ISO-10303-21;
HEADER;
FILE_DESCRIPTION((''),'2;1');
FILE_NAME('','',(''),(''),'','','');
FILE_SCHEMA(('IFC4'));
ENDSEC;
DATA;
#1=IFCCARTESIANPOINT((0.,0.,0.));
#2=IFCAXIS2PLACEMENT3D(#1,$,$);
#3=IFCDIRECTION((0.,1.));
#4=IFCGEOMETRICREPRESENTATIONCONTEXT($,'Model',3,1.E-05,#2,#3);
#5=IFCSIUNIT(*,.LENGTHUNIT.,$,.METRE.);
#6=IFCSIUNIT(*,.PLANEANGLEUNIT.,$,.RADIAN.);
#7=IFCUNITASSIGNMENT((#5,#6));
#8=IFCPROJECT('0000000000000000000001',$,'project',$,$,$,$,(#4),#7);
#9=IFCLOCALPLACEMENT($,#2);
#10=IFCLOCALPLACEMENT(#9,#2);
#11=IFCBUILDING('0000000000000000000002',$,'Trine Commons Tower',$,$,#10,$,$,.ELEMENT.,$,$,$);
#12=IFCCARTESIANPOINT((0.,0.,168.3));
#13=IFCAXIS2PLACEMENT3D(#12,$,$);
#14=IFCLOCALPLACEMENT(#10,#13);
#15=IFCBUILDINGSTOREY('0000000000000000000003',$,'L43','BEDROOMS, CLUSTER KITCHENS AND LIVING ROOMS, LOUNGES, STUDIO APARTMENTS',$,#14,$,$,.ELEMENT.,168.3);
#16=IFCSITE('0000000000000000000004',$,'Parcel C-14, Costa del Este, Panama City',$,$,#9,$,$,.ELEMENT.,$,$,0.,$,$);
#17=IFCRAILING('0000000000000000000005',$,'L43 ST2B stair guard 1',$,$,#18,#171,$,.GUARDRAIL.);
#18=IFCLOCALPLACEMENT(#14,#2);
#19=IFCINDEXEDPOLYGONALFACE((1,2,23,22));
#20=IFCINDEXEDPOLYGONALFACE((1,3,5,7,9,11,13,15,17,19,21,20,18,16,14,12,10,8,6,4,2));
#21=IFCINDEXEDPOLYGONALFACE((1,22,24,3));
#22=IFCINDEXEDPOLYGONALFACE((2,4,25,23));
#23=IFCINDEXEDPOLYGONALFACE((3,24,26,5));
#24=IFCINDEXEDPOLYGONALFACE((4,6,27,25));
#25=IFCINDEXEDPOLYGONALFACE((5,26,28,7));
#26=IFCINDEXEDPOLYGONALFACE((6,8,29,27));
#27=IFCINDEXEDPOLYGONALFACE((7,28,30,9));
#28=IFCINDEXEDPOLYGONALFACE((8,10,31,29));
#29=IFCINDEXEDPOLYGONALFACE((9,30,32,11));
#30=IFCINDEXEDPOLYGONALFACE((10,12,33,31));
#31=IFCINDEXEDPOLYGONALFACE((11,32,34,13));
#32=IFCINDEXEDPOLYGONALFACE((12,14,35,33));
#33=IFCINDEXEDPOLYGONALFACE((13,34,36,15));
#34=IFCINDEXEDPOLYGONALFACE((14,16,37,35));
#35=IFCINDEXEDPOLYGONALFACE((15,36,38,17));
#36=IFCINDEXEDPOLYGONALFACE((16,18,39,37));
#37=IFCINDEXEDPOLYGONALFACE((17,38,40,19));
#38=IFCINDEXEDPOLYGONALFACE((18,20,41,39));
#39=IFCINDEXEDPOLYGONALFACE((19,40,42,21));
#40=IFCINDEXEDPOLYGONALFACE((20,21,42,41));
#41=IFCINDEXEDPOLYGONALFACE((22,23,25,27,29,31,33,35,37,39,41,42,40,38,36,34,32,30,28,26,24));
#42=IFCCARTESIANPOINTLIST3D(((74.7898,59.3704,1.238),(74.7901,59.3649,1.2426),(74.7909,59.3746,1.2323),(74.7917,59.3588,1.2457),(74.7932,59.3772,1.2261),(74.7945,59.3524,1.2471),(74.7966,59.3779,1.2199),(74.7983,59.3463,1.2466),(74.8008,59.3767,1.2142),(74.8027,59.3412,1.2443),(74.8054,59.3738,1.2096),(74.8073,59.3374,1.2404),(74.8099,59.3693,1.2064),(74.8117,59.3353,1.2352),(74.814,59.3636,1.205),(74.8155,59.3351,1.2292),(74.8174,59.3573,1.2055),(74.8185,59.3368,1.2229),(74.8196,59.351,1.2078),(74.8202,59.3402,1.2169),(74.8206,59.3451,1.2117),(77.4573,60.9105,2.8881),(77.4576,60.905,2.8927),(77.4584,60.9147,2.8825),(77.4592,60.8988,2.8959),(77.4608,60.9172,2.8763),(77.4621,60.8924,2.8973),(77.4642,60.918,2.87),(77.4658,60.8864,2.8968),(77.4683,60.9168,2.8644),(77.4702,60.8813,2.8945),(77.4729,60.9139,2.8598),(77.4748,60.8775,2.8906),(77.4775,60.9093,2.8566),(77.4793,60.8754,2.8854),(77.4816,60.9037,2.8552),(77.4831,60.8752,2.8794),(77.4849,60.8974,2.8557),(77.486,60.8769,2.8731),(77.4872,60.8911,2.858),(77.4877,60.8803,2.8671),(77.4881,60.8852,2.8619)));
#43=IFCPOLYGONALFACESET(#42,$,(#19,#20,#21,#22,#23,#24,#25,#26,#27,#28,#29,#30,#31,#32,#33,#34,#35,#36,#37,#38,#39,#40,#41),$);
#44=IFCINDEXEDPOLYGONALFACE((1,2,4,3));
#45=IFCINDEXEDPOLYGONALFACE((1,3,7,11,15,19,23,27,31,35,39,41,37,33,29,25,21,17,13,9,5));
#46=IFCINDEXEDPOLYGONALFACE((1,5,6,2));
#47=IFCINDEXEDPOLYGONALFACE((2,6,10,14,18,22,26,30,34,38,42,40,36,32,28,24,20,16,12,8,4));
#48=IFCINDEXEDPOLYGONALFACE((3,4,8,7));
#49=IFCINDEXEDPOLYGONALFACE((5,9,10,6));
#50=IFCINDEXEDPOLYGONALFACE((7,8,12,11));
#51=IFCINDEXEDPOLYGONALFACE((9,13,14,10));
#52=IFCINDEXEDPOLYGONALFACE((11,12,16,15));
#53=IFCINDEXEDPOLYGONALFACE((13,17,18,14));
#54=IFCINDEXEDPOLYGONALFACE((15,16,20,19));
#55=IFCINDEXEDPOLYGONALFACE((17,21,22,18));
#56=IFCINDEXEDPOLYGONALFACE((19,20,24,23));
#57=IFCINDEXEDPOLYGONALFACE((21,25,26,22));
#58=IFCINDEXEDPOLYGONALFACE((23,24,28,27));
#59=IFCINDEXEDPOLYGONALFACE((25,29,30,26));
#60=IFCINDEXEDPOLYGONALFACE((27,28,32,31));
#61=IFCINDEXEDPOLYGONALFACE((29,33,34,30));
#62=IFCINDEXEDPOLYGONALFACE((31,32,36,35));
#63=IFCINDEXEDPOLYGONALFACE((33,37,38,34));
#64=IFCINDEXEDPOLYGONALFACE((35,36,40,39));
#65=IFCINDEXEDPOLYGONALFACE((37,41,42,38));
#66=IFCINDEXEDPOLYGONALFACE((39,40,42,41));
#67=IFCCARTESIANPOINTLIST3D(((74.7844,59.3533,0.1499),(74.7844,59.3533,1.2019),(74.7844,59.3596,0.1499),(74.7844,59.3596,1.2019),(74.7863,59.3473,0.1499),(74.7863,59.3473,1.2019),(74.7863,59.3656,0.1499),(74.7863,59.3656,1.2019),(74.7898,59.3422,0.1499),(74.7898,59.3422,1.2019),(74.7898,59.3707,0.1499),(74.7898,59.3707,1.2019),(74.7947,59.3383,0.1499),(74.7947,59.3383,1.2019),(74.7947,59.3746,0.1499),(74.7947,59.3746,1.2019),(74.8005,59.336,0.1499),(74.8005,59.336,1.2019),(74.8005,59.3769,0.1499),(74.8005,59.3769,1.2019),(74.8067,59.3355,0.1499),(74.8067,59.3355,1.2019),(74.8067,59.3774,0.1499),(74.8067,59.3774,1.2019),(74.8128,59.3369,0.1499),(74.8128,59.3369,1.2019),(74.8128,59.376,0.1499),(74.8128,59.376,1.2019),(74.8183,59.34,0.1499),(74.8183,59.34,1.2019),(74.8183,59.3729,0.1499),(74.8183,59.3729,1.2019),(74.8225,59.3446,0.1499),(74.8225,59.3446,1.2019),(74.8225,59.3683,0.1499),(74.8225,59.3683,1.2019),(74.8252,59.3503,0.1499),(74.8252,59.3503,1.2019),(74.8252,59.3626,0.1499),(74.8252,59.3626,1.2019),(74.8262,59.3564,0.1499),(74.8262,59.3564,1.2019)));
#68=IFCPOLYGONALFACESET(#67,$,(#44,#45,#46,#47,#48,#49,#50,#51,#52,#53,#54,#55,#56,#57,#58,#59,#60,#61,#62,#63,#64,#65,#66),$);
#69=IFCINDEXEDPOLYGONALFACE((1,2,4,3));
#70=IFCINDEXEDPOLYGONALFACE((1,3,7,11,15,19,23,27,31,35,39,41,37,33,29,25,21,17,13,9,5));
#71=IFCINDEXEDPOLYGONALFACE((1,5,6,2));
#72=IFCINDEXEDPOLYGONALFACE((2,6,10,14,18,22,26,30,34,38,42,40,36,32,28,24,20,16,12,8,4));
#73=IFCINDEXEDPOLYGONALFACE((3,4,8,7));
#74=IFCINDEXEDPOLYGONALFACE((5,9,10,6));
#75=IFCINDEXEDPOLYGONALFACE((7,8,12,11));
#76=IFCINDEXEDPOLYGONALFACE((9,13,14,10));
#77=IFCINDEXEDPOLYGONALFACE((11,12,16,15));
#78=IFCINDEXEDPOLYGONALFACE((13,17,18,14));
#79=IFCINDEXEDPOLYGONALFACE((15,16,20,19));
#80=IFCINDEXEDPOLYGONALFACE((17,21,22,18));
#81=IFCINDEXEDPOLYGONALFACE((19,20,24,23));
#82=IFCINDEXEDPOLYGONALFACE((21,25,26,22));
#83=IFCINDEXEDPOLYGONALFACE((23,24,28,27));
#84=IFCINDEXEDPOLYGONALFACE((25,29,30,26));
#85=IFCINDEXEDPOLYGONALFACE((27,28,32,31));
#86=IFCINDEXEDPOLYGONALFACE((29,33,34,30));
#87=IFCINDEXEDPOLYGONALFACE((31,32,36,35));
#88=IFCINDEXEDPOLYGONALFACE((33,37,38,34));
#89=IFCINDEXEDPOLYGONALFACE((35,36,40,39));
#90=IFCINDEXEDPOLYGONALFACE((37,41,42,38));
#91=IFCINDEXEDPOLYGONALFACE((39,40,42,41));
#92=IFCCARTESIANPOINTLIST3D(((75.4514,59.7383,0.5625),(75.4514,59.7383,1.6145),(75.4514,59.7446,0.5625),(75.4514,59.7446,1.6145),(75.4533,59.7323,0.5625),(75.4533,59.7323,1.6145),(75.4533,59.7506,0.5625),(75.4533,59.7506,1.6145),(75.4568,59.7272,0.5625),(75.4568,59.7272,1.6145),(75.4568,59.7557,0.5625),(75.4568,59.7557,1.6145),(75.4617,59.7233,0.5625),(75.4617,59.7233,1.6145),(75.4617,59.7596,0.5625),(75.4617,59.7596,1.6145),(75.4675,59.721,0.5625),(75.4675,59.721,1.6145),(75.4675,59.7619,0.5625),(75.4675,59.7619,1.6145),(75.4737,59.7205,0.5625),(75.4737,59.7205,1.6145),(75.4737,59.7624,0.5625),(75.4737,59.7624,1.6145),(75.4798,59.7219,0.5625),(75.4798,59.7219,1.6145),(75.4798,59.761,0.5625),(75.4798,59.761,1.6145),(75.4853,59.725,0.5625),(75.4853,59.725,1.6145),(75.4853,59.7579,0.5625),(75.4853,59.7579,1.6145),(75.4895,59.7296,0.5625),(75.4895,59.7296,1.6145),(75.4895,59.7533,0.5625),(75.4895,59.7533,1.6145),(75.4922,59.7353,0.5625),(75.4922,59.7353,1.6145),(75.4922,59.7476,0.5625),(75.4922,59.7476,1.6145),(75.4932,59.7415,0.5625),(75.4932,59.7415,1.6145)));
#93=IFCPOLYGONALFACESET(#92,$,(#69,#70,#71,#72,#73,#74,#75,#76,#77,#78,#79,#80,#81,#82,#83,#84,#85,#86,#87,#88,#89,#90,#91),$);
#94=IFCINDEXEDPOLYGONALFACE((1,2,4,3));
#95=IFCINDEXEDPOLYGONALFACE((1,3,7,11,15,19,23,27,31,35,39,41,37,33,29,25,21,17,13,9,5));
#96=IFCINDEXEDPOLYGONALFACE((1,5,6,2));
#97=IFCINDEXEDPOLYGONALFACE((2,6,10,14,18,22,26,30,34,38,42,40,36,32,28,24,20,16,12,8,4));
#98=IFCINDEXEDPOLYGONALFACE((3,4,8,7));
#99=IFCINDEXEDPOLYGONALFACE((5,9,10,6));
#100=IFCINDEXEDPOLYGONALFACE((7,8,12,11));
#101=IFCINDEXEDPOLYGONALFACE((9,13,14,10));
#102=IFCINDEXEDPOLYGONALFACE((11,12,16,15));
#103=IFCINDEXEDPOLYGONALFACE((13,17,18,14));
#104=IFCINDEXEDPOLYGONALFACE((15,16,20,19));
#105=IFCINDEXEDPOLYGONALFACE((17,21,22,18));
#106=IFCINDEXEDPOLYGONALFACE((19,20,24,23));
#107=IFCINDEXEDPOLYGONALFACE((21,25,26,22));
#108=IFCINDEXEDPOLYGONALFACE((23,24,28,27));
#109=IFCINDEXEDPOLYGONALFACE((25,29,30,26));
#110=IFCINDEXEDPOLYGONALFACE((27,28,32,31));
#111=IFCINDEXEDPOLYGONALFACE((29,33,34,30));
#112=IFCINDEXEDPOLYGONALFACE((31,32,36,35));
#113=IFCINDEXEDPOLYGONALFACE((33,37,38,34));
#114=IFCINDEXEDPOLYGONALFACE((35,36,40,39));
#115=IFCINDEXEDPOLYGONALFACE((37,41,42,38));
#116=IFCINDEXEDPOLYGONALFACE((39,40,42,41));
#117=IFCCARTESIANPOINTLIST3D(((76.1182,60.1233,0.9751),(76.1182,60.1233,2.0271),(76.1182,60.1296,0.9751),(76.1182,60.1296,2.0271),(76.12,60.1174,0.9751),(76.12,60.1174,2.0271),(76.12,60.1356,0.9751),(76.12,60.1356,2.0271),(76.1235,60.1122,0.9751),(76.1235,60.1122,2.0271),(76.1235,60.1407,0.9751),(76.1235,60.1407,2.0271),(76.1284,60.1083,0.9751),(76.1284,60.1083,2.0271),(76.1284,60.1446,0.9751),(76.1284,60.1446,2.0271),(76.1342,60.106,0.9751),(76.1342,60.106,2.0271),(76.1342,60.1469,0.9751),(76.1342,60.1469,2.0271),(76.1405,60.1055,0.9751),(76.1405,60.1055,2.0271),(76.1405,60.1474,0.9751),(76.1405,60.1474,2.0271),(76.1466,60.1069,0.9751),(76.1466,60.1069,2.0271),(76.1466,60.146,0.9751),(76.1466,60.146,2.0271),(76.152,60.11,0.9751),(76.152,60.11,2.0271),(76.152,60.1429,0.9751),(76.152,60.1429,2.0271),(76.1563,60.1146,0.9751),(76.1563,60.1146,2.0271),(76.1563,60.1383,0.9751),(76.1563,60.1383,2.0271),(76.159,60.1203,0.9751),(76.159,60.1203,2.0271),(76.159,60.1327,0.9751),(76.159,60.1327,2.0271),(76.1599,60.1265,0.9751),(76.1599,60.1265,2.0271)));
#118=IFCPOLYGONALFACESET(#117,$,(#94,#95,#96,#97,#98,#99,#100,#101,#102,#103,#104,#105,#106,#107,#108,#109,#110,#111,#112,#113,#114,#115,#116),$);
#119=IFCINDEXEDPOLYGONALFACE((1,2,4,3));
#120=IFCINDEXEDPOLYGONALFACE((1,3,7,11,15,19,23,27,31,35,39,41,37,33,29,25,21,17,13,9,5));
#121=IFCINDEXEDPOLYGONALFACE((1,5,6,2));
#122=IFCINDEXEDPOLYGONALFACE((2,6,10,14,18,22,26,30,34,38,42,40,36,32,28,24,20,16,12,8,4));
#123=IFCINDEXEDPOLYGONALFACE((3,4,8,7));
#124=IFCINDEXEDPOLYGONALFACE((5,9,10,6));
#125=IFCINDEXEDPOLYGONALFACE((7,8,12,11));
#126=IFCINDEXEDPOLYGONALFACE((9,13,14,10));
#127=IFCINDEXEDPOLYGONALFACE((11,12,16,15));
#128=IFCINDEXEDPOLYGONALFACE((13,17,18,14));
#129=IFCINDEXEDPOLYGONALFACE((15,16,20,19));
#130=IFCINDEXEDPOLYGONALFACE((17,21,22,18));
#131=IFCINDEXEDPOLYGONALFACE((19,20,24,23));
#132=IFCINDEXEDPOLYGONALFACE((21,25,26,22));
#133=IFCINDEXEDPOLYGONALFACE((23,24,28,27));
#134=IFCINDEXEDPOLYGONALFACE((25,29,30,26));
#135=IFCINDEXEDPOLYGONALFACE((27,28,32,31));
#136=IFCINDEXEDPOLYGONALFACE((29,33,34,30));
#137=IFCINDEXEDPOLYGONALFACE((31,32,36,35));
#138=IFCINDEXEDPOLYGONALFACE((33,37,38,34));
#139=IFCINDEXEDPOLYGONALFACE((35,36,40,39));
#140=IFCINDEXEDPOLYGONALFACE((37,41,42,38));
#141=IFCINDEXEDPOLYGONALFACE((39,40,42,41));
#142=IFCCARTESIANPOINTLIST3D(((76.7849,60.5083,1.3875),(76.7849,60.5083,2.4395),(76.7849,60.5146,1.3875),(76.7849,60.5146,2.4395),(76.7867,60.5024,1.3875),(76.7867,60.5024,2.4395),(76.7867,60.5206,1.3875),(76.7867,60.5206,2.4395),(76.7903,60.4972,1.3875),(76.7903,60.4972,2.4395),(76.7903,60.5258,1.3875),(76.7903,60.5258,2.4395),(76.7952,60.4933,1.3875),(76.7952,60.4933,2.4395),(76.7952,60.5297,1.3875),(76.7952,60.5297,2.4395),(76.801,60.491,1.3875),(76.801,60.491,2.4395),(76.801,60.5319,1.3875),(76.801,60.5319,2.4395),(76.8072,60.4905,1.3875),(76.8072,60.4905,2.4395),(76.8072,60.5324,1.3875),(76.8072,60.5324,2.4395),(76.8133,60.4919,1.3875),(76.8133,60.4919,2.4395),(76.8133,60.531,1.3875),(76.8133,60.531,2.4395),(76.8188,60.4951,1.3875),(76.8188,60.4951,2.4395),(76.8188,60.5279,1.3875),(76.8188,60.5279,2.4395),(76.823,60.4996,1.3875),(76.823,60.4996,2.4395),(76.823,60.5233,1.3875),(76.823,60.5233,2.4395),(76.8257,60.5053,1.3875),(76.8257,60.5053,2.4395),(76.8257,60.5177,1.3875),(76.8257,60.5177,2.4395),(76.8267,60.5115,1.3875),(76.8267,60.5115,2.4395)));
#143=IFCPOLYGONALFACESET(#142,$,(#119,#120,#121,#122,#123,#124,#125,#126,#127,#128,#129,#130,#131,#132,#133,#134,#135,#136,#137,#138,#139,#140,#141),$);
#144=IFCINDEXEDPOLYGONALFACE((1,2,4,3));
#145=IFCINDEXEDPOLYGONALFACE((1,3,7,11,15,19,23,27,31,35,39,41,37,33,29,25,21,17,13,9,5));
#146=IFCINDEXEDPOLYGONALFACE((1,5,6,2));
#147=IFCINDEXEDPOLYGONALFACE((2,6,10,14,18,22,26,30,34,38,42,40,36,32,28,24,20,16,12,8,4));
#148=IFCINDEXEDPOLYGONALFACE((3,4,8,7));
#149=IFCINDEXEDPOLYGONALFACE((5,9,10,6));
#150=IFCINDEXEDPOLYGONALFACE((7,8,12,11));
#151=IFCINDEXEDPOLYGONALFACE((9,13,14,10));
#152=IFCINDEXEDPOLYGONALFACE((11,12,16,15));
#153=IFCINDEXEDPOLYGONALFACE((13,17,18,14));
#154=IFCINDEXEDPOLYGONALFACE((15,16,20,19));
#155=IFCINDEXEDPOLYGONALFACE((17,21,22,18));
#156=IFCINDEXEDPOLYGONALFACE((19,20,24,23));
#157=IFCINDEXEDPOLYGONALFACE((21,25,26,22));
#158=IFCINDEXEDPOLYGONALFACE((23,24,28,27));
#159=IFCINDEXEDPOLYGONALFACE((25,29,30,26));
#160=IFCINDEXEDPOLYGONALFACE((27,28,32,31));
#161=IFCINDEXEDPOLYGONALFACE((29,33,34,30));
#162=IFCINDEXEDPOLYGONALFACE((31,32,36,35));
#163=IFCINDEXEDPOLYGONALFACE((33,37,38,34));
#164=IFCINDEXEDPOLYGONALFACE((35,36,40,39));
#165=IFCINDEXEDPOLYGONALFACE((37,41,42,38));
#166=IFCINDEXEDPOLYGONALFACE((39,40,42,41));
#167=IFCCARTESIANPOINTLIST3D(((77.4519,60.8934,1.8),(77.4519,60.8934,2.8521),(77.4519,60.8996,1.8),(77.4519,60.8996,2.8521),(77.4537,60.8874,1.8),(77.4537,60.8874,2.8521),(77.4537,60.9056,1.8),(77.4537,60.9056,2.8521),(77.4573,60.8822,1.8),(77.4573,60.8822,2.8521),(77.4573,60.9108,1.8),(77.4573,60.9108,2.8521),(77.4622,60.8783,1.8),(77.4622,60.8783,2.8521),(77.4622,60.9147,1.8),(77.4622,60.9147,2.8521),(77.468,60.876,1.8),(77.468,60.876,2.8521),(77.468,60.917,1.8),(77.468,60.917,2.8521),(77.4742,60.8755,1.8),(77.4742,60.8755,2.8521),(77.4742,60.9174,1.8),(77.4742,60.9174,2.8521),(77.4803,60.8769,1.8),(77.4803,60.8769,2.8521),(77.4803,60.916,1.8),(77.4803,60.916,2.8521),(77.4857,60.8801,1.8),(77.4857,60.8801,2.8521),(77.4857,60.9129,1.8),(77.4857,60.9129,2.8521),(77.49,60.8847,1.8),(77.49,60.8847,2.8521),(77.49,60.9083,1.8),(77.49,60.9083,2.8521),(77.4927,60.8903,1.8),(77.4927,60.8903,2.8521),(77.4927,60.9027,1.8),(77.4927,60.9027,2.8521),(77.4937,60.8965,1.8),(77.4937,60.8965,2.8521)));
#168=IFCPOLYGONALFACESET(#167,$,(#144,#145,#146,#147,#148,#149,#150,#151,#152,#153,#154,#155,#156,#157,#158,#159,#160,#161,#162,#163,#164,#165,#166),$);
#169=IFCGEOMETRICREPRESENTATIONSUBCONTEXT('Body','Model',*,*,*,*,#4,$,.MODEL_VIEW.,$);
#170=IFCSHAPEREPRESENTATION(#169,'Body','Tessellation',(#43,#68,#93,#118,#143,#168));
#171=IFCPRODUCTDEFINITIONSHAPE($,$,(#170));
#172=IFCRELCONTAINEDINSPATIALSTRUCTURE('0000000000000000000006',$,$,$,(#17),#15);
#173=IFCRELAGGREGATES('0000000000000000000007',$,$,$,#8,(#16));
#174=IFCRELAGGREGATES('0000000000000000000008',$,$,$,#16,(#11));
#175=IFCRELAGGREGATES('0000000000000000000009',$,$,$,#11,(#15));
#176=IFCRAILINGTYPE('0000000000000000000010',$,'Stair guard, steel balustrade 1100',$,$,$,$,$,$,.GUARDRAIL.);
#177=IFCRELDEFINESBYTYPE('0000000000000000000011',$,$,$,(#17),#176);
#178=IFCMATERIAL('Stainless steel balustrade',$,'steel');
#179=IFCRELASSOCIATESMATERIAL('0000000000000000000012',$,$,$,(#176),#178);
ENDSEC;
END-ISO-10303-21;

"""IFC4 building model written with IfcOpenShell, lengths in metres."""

from ifc_helpers import new_model, si_unit, direction, frame, origin, origin_2d, place, context, subcontext, project, spatial, circle, extrude, material, type_object, element, save


model = new_model("IFC4")

# Units and contexts
model_context = context("Model", 3, precision=1e-05, world=origin(), true_north=direction((0.0, 1.0)))
body_context = subcontext(model_context, "Body", "Model", "MODEL_VIEW")
ifc_project = project(units=[si_unit("LENGTHUNIT", "METRE"), si_unit("PLANEANGLEUNIT", "RADIAN")], contexts=[model_context])

# Site, building, storey
site_placement = place(None, origin())
site = spatial("IfcSite", under=ifc_project, at=site_placement, Name="Parcel C-14, Costa del Este, Panama City", CompositionType="ELEMENT", RefElevation=0.0)
building_placement = place(site_placement, origin())
building = spatial("IfcBuilding", under=site, at=building_placement, Name="Trine Commons Tower", CompositionType="ELEMENT")
storey_placement = place(building_placement, frame((0.0, 0.0, 168.3)))
storey = spatial("IfcBuildingStorey", under=building, at=storey_placement, Name="L43", Description="BEDROOMS, CLUSTER KITCHENS AND LIVING ROOMS, LOUNGES, STUDIO APARTMENTS", CompositionType="ELEMENT", Elevation=168.3)

# Railing
ifc_material_1 = material(Name="Stainless steel balustrade", Category="steel")
railing_type_1 = type_object("IfcRailingType", Name="Stair guard, steel balustrade 1100", PredefinedType="GUARDRAIL", material=ifc_material_1)
railing_1_placement = place(storey_placement, frame((74.8052, 59.3564, 0.1499)))
element("IfcRailing", 1, at=railing_1_placement, inside=storey, type_object=railing_type_1, Name="L43 ST2B stair guard 1", PredefinedType="GUARDRAIL", context=body_context, shape_type="SweptSolid", body=[
    extrude(circle(Radius=0.0239, at=origin_2d()), frame((0.0, 0.0, 1.0762), z_axis=(0.76338, 0.440728, 0.472239), x_axis=(-0.499992, 0.86603, 0.0)), (0.0, 0.0, 1.0), 3.4944),
    extrude(circle(Radius=0.021, at=origin_2d()), origin(), (0.0, 0.0, 1.0), 1.052),
    extrude(circle(Radius=0.021, at=origin_2d()), frame((0.667, 0.385, 0.4126)), (0.0, 0.0, 1.0), 1.052),
    extrude(circle(Radius=0.021, at=origin_2d()), frame((1.3337, 0.77, 0.8252)), (0.0, 0.0, 1.0), 1.052),
    extrude(circle(Radius=0.021, at=origin_2d()), frame((2.0005, 1.155, 1.2375)), (0.0, 0.0, 1.0), 1.052),
    extrude(circle(Radius=0.021, at=origin_2d()), frame((2.6675, 1.54, 1.6501)), (0.0, 0.0, 1.0), 1.052),
])

save(model, "model.ifc")
